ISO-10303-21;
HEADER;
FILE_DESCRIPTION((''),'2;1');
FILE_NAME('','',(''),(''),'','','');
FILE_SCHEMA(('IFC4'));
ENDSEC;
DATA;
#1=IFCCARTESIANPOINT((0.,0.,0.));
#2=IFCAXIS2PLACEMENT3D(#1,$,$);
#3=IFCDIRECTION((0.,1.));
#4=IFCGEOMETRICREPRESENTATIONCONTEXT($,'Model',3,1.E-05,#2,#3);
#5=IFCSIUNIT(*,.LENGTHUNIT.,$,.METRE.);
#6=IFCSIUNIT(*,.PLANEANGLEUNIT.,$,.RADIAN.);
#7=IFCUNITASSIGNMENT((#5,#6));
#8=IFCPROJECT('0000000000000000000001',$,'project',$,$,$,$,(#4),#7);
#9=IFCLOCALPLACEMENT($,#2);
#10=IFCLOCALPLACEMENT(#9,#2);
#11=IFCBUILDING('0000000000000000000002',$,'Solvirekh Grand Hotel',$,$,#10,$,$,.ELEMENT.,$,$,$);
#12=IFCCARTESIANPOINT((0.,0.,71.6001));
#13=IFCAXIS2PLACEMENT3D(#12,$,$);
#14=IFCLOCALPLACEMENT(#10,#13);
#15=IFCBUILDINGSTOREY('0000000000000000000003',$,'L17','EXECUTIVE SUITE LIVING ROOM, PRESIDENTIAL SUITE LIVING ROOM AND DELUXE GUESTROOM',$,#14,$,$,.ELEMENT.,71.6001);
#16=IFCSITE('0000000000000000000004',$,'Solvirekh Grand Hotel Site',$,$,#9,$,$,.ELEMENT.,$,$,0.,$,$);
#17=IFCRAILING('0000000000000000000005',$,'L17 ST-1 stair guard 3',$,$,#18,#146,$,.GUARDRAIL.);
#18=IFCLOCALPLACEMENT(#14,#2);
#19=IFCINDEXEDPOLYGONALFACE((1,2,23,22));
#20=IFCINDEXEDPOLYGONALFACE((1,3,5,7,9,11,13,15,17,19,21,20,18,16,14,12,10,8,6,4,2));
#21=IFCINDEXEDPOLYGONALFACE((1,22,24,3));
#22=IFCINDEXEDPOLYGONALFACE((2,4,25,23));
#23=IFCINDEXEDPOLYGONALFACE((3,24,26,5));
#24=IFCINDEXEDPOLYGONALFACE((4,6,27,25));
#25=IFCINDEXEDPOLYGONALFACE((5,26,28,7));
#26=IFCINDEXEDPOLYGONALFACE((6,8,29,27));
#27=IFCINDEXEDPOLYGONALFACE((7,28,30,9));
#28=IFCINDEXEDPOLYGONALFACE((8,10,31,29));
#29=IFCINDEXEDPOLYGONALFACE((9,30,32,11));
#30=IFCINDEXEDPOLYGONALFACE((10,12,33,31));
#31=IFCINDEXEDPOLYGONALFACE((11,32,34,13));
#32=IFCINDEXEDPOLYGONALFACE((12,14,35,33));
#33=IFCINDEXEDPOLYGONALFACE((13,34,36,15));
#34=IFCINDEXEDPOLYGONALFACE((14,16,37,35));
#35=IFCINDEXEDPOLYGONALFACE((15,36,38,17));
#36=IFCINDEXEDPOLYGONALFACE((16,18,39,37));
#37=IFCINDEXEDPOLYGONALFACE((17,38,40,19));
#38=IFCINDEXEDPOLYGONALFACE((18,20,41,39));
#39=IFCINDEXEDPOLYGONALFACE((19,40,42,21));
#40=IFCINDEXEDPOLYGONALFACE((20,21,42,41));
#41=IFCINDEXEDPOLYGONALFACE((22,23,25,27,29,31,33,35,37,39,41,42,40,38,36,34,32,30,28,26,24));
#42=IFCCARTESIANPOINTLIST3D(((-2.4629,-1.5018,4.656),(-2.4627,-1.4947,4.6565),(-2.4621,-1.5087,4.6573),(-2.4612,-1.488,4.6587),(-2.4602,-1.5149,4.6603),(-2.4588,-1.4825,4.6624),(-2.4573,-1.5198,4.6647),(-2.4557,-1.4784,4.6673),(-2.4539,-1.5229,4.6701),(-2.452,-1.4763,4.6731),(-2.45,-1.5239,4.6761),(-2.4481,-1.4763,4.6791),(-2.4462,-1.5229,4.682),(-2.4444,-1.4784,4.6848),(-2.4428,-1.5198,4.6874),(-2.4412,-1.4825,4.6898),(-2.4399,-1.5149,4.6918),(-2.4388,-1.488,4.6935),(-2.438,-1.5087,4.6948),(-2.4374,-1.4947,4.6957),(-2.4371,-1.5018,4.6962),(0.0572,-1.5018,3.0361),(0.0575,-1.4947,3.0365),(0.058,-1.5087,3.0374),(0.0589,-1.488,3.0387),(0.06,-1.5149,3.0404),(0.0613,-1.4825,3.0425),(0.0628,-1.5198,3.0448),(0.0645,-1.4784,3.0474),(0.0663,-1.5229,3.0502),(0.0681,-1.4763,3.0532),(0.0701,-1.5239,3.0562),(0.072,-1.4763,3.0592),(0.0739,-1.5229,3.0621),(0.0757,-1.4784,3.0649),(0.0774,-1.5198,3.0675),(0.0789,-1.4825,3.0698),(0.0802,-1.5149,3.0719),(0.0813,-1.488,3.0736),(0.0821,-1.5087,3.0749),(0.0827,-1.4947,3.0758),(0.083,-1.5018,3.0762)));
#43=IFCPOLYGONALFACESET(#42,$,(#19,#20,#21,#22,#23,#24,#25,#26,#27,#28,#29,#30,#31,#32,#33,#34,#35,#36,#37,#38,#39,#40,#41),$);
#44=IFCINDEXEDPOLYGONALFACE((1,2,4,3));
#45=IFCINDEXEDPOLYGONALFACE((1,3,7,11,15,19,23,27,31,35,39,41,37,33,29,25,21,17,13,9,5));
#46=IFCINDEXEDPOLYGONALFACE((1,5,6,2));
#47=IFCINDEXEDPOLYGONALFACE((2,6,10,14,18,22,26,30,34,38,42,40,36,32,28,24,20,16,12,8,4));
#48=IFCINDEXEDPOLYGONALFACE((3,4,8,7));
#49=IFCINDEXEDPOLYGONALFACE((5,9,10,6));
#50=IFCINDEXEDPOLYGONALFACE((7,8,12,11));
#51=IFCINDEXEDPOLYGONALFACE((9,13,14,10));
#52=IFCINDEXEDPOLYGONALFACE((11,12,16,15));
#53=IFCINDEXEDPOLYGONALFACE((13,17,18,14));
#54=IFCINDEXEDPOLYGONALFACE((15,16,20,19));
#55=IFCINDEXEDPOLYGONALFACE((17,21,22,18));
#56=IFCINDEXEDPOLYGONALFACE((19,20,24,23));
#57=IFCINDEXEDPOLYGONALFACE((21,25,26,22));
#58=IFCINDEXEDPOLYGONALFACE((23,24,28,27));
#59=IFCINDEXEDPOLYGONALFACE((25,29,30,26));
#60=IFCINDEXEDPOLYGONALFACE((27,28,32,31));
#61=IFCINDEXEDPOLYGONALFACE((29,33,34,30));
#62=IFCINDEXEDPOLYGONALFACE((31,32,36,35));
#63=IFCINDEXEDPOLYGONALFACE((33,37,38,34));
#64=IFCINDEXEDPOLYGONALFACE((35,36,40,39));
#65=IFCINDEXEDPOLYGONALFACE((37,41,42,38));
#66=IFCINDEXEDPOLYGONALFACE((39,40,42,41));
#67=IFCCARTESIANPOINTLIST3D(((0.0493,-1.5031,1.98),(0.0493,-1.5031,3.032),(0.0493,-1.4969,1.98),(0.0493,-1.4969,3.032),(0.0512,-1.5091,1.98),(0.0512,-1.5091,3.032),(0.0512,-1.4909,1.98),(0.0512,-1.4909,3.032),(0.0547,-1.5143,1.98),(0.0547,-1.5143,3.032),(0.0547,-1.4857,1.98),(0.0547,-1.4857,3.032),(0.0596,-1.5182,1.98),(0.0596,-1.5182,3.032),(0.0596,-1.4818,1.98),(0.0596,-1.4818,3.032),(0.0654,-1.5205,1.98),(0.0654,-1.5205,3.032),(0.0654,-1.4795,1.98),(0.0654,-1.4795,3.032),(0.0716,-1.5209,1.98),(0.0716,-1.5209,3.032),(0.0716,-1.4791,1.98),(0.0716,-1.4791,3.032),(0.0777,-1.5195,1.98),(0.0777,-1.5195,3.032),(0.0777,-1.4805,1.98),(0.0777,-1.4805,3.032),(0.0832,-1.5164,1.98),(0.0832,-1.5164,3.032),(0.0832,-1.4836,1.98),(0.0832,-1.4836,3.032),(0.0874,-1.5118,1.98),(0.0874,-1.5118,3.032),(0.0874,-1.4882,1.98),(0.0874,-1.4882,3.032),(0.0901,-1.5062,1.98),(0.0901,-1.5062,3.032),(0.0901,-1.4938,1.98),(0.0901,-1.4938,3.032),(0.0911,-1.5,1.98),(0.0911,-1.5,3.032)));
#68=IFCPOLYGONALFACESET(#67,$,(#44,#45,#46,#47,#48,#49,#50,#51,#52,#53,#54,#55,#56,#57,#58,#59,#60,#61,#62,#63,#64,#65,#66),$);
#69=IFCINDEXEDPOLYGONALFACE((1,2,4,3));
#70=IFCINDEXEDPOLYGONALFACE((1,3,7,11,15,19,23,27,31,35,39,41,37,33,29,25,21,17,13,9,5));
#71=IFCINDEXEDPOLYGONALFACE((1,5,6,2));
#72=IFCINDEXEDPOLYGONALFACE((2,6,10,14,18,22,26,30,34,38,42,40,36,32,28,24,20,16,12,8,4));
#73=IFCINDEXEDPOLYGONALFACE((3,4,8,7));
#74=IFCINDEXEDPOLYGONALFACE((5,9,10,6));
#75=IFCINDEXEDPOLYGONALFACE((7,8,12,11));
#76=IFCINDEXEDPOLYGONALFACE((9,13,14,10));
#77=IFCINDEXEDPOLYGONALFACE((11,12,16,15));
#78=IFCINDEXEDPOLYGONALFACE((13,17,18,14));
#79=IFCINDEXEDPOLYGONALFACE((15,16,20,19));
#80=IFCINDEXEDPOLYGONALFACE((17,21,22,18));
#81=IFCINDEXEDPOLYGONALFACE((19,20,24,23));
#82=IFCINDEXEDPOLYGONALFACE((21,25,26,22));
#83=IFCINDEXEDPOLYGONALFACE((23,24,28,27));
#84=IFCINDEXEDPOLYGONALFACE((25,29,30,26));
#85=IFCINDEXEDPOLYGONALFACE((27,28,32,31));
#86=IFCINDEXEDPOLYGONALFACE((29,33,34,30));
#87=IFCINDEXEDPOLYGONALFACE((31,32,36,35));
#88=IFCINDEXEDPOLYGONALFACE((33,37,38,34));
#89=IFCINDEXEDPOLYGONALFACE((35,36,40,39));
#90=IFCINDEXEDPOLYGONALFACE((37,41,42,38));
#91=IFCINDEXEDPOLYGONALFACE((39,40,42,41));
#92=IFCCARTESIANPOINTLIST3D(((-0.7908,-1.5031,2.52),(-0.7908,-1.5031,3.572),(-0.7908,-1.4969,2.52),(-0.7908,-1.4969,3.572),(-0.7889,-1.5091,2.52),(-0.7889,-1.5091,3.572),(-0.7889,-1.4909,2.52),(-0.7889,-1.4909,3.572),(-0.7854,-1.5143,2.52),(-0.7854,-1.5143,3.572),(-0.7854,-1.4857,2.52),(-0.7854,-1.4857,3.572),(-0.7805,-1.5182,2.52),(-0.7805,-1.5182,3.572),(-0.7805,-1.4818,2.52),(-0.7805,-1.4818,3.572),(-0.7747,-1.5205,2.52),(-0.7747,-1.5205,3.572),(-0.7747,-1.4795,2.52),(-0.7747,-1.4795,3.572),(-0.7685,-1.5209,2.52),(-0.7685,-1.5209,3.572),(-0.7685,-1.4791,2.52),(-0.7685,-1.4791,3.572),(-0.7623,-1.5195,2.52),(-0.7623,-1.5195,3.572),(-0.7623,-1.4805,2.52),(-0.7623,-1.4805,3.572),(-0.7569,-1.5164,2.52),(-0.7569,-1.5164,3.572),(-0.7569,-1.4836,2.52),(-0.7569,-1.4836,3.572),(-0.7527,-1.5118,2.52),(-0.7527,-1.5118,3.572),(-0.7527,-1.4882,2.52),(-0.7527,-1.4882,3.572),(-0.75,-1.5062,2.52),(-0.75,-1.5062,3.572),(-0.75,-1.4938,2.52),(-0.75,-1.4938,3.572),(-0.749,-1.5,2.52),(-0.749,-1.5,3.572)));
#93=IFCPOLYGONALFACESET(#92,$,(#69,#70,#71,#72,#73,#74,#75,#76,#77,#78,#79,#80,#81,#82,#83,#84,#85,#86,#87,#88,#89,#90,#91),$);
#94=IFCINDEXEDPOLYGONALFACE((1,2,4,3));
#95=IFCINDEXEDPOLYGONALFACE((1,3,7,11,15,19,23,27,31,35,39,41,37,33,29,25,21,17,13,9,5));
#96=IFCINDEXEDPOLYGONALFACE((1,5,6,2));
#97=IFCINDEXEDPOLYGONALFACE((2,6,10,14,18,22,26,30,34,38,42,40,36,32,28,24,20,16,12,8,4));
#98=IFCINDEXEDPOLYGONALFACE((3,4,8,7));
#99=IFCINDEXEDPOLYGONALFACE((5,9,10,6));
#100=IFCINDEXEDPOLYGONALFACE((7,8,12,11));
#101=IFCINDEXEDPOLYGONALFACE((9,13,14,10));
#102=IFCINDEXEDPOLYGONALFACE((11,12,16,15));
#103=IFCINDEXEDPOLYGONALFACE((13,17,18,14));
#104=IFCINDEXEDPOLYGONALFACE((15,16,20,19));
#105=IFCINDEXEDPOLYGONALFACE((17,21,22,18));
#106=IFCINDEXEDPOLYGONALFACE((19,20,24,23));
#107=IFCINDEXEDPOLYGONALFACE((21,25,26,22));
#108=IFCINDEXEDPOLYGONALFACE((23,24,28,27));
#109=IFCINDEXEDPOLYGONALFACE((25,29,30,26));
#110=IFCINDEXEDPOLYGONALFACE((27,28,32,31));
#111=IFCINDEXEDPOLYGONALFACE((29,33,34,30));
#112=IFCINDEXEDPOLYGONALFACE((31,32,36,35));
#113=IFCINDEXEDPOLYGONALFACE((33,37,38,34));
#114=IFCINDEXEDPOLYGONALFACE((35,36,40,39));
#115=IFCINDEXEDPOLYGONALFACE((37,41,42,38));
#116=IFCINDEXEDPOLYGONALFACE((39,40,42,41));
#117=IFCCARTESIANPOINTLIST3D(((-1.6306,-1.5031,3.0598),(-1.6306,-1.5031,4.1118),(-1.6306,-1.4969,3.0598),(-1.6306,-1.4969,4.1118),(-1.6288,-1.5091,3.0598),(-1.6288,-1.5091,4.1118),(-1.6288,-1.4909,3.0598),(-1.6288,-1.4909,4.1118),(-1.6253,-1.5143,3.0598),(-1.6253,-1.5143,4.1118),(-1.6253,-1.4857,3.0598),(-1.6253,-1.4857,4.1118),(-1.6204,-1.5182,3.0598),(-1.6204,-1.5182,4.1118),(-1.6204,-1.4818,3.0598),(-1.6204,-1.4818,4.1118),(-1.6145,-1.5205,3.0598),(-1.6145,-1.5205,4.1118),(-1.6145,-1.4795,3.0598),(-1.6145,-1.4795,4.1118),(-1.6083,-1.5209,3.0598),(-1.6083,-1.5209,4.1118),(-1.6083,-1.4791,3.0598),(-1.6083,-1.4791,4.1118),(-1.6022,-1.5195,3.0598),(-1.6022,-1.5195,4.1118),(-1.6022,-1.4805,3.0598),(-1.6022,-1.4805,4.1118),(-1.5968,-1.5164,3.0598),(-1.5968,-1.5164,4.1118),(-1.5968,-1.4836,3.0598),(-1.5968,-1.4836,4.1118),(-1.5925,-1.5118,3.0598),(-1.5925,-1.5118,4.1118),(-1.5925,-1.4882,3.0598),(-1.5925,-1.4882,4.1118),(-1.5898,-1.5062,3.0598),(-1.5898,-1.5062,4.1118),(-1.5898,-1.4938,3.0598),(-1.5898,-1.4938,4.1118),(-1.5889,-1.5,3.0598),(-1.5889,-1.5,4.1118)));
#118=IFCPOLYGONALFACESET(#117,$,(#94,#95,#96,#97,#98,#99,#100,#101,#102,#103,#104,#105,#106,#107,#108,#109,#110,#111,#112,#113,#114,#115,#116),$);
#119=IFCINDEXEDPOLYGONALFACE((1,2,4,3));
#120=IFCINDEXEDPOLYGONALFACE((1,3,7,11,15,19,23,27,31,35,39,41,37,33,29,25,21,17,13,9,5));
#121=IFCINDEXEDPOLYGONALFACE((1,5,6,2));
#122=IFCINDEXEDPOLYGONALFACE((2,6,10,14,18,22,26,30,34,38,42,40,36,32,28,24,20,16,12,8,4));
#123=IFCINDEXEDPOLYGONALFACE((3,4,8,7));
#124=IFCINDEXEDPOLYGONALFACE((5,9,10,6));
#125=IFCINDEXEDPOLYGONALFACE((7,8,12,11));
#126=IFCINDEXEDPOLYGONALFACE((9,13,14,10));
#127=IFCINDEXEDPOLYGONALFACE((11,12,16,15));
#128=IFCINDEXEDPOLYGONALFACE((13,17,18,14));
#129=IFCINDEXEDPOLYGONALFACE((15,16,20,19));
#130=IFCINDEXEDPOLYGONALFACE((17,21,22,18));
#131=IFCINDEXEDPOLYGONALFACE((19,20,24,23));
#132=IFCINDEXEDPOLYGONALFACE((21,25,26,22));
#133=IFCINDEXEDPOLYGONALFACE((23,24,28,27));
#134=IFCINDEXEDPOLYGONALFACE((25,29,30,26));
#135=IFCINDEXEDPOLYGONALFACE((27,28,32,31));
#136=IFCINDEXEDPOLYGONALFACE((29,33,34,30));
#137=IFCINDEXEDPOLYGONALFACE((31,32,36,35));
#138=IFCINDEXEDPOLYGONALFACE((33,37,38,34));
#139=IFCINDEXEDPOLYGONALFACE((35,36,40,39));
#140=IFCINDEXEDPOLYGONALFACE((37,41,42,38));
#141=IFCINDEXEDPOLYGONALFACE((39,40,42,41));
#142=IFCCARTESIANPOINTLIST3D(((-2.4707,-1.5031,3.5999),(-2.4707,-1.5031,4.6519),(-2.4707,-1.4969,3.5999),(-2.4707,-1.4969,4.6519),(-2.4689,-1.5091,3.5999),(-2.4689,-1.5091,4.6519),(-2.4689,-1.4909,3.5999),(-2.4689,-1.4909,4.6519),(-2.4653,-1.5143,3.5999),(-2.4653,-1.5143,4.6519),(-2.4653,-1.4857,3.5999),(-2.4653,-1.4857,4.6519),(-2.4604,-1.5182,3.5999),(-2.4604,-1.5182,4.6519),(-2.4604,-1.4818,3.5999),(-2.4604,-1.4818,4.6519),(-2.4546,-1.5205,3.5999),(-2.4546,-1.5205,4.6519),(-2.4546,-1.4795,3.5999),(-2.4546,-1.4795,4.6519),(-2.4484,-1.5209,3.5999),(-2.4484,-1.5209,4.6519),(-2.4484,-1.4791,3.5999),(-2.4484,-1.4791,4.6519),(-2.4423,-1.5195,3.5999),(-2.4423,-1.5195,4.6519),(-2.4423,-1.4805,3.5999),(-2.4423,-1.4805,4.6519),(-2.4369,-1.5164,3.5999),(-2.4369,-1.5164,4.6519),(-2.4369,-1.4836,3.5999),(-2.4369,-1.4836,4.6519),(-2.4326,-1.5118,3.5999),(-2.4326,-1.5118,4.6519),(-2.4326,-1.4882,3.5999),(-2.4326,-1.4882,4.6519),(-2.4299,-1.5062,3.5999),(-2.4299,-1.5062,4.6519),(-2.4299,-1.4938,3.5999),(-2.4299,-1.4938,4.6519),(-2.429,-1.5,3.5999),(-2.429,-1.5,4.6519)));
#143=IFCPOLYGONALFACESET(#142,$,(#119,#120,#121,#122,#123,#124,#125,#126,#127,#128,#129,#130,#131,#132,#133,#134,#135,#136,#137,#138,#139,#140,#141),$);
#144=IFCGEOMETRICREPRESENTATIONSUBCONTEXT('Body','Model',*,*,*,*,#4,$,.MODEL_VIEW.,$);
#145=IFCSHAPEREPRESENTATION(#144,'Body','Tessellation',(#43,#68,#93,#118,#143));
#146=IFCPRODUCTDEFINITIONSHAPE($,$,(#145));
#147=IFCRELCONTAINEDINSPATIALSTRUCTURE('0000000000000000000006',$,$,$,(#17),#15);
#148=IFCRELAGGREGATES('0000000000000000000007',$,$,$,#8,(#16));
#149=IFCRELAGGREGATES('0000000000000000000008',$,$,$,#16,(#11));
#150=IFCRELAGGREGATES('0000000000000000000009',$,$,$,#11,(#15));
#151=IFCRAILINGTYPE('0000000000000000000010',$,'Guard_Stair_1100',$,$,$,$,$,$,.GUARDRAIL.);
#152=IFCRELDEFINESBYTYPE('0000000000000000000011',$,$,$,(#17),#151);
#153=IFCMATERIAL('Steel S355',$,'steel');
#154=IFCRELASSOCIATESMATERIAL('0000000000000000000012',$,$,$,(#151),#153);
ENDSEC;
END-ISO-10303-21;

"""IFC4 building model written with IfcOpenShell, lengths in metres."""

from ifc_helpers import new_model, si_unit, direction, frame, origin, origin_2d, place, context, subcontext, project, spatial, circle, extrude, material, type_object, element, save


model = new_model("IFC4")

# Units and contexts
model_context = context("Model", 3, precision=1e-05, world=origin(), true_north=direction((0.0, 1.0)))
body_context = subcontext(model_context, "Body", "Model", "MODEL_VIEW")
ifc_project = project(units=[si_unit("LENGTHUNIT", "METRE"), si_unit("PLANEANGLEUNIT", "RADIAN")], contexts=[model_context])

# Site, building, storey
site_placement = place(None, origin())
site = spatial("IfcSite", under=ifc_project, at=site_placement, Name="Solvirekh Grand Hotel Site", CompositionType="ELEMENT", RefElevation=0.0)
building_placement = place(site_placement, origin())
building = spatial("IfcBuilding", under=site, at=building_placement, Name="Solvirekh Grand Hotel", CompositionType="ELEMENT")
storey_placement = place(building_placement, frame((0.0, 0.0, 71.6001)))
storey = spatial("IfcBuildingStorey", under=building, at=storey_placement, Name="L17", Description="EXECUTIVE SUITE LIVING ROOM, PRESIDENTIAL SUITE LIVING ROOM AND DELUXE GUESTROOM", CompositionType="ELEMENT", Elevation=71.6001)

# Shared definitions
ifc_material_1 = material(Name="Steel S355", Category="steel")

# Railing
railing_type_1 = type_object("IfcRailingType", Name="Guard_Stair_1100", PredefinedType="GUARDRAIL", material=ifc_material_1)
railing_1_placement = place(storey_placement, frame((0.0701, -1.5, 1.98)))
element("IfcRailing", 1, at=railing_1_placement, inside=storey, type_object=railing_type_1, Name="L17 ST-1 stair guard 3", PredefinedType="GUARDRAIL", context=body_context, shape_type="SweptSolid", body=[
    extrude(circle(Radius=0.0239, at=origin_2d()), frame((0.0, 0.0, 1.0762), z_axis=(-0.8412, 0.0, 0.540725), x_axis=(0.0, -1.0, 0.0)), (0.0, 0.0, 1.0), 2.9958),
    extrude(circle(Radius=0.021, at=origin_2d()), origin(), (0.0, 0.0, 1.0), 1.052),
    extrude(circle(Radius=0.021, at=origin_2d()), frame((-0.8401, 0.0, 0.54)), (0.0, 0.0, 1.0), 1.052),
    extrude(circle(Radius=0.021, at=origin_2d()), frame((-1.6799, 0.0, 1.0798)), (0.0, 0.0, 1.0), 1.052),
    extrude(circle(Radius=0.021, at=origin_2d()), frame((-2.52, 0.0, 1.6199)), (0.0, 0.0, 1.0), 1.052),
])

save(model, "model.ifc")
